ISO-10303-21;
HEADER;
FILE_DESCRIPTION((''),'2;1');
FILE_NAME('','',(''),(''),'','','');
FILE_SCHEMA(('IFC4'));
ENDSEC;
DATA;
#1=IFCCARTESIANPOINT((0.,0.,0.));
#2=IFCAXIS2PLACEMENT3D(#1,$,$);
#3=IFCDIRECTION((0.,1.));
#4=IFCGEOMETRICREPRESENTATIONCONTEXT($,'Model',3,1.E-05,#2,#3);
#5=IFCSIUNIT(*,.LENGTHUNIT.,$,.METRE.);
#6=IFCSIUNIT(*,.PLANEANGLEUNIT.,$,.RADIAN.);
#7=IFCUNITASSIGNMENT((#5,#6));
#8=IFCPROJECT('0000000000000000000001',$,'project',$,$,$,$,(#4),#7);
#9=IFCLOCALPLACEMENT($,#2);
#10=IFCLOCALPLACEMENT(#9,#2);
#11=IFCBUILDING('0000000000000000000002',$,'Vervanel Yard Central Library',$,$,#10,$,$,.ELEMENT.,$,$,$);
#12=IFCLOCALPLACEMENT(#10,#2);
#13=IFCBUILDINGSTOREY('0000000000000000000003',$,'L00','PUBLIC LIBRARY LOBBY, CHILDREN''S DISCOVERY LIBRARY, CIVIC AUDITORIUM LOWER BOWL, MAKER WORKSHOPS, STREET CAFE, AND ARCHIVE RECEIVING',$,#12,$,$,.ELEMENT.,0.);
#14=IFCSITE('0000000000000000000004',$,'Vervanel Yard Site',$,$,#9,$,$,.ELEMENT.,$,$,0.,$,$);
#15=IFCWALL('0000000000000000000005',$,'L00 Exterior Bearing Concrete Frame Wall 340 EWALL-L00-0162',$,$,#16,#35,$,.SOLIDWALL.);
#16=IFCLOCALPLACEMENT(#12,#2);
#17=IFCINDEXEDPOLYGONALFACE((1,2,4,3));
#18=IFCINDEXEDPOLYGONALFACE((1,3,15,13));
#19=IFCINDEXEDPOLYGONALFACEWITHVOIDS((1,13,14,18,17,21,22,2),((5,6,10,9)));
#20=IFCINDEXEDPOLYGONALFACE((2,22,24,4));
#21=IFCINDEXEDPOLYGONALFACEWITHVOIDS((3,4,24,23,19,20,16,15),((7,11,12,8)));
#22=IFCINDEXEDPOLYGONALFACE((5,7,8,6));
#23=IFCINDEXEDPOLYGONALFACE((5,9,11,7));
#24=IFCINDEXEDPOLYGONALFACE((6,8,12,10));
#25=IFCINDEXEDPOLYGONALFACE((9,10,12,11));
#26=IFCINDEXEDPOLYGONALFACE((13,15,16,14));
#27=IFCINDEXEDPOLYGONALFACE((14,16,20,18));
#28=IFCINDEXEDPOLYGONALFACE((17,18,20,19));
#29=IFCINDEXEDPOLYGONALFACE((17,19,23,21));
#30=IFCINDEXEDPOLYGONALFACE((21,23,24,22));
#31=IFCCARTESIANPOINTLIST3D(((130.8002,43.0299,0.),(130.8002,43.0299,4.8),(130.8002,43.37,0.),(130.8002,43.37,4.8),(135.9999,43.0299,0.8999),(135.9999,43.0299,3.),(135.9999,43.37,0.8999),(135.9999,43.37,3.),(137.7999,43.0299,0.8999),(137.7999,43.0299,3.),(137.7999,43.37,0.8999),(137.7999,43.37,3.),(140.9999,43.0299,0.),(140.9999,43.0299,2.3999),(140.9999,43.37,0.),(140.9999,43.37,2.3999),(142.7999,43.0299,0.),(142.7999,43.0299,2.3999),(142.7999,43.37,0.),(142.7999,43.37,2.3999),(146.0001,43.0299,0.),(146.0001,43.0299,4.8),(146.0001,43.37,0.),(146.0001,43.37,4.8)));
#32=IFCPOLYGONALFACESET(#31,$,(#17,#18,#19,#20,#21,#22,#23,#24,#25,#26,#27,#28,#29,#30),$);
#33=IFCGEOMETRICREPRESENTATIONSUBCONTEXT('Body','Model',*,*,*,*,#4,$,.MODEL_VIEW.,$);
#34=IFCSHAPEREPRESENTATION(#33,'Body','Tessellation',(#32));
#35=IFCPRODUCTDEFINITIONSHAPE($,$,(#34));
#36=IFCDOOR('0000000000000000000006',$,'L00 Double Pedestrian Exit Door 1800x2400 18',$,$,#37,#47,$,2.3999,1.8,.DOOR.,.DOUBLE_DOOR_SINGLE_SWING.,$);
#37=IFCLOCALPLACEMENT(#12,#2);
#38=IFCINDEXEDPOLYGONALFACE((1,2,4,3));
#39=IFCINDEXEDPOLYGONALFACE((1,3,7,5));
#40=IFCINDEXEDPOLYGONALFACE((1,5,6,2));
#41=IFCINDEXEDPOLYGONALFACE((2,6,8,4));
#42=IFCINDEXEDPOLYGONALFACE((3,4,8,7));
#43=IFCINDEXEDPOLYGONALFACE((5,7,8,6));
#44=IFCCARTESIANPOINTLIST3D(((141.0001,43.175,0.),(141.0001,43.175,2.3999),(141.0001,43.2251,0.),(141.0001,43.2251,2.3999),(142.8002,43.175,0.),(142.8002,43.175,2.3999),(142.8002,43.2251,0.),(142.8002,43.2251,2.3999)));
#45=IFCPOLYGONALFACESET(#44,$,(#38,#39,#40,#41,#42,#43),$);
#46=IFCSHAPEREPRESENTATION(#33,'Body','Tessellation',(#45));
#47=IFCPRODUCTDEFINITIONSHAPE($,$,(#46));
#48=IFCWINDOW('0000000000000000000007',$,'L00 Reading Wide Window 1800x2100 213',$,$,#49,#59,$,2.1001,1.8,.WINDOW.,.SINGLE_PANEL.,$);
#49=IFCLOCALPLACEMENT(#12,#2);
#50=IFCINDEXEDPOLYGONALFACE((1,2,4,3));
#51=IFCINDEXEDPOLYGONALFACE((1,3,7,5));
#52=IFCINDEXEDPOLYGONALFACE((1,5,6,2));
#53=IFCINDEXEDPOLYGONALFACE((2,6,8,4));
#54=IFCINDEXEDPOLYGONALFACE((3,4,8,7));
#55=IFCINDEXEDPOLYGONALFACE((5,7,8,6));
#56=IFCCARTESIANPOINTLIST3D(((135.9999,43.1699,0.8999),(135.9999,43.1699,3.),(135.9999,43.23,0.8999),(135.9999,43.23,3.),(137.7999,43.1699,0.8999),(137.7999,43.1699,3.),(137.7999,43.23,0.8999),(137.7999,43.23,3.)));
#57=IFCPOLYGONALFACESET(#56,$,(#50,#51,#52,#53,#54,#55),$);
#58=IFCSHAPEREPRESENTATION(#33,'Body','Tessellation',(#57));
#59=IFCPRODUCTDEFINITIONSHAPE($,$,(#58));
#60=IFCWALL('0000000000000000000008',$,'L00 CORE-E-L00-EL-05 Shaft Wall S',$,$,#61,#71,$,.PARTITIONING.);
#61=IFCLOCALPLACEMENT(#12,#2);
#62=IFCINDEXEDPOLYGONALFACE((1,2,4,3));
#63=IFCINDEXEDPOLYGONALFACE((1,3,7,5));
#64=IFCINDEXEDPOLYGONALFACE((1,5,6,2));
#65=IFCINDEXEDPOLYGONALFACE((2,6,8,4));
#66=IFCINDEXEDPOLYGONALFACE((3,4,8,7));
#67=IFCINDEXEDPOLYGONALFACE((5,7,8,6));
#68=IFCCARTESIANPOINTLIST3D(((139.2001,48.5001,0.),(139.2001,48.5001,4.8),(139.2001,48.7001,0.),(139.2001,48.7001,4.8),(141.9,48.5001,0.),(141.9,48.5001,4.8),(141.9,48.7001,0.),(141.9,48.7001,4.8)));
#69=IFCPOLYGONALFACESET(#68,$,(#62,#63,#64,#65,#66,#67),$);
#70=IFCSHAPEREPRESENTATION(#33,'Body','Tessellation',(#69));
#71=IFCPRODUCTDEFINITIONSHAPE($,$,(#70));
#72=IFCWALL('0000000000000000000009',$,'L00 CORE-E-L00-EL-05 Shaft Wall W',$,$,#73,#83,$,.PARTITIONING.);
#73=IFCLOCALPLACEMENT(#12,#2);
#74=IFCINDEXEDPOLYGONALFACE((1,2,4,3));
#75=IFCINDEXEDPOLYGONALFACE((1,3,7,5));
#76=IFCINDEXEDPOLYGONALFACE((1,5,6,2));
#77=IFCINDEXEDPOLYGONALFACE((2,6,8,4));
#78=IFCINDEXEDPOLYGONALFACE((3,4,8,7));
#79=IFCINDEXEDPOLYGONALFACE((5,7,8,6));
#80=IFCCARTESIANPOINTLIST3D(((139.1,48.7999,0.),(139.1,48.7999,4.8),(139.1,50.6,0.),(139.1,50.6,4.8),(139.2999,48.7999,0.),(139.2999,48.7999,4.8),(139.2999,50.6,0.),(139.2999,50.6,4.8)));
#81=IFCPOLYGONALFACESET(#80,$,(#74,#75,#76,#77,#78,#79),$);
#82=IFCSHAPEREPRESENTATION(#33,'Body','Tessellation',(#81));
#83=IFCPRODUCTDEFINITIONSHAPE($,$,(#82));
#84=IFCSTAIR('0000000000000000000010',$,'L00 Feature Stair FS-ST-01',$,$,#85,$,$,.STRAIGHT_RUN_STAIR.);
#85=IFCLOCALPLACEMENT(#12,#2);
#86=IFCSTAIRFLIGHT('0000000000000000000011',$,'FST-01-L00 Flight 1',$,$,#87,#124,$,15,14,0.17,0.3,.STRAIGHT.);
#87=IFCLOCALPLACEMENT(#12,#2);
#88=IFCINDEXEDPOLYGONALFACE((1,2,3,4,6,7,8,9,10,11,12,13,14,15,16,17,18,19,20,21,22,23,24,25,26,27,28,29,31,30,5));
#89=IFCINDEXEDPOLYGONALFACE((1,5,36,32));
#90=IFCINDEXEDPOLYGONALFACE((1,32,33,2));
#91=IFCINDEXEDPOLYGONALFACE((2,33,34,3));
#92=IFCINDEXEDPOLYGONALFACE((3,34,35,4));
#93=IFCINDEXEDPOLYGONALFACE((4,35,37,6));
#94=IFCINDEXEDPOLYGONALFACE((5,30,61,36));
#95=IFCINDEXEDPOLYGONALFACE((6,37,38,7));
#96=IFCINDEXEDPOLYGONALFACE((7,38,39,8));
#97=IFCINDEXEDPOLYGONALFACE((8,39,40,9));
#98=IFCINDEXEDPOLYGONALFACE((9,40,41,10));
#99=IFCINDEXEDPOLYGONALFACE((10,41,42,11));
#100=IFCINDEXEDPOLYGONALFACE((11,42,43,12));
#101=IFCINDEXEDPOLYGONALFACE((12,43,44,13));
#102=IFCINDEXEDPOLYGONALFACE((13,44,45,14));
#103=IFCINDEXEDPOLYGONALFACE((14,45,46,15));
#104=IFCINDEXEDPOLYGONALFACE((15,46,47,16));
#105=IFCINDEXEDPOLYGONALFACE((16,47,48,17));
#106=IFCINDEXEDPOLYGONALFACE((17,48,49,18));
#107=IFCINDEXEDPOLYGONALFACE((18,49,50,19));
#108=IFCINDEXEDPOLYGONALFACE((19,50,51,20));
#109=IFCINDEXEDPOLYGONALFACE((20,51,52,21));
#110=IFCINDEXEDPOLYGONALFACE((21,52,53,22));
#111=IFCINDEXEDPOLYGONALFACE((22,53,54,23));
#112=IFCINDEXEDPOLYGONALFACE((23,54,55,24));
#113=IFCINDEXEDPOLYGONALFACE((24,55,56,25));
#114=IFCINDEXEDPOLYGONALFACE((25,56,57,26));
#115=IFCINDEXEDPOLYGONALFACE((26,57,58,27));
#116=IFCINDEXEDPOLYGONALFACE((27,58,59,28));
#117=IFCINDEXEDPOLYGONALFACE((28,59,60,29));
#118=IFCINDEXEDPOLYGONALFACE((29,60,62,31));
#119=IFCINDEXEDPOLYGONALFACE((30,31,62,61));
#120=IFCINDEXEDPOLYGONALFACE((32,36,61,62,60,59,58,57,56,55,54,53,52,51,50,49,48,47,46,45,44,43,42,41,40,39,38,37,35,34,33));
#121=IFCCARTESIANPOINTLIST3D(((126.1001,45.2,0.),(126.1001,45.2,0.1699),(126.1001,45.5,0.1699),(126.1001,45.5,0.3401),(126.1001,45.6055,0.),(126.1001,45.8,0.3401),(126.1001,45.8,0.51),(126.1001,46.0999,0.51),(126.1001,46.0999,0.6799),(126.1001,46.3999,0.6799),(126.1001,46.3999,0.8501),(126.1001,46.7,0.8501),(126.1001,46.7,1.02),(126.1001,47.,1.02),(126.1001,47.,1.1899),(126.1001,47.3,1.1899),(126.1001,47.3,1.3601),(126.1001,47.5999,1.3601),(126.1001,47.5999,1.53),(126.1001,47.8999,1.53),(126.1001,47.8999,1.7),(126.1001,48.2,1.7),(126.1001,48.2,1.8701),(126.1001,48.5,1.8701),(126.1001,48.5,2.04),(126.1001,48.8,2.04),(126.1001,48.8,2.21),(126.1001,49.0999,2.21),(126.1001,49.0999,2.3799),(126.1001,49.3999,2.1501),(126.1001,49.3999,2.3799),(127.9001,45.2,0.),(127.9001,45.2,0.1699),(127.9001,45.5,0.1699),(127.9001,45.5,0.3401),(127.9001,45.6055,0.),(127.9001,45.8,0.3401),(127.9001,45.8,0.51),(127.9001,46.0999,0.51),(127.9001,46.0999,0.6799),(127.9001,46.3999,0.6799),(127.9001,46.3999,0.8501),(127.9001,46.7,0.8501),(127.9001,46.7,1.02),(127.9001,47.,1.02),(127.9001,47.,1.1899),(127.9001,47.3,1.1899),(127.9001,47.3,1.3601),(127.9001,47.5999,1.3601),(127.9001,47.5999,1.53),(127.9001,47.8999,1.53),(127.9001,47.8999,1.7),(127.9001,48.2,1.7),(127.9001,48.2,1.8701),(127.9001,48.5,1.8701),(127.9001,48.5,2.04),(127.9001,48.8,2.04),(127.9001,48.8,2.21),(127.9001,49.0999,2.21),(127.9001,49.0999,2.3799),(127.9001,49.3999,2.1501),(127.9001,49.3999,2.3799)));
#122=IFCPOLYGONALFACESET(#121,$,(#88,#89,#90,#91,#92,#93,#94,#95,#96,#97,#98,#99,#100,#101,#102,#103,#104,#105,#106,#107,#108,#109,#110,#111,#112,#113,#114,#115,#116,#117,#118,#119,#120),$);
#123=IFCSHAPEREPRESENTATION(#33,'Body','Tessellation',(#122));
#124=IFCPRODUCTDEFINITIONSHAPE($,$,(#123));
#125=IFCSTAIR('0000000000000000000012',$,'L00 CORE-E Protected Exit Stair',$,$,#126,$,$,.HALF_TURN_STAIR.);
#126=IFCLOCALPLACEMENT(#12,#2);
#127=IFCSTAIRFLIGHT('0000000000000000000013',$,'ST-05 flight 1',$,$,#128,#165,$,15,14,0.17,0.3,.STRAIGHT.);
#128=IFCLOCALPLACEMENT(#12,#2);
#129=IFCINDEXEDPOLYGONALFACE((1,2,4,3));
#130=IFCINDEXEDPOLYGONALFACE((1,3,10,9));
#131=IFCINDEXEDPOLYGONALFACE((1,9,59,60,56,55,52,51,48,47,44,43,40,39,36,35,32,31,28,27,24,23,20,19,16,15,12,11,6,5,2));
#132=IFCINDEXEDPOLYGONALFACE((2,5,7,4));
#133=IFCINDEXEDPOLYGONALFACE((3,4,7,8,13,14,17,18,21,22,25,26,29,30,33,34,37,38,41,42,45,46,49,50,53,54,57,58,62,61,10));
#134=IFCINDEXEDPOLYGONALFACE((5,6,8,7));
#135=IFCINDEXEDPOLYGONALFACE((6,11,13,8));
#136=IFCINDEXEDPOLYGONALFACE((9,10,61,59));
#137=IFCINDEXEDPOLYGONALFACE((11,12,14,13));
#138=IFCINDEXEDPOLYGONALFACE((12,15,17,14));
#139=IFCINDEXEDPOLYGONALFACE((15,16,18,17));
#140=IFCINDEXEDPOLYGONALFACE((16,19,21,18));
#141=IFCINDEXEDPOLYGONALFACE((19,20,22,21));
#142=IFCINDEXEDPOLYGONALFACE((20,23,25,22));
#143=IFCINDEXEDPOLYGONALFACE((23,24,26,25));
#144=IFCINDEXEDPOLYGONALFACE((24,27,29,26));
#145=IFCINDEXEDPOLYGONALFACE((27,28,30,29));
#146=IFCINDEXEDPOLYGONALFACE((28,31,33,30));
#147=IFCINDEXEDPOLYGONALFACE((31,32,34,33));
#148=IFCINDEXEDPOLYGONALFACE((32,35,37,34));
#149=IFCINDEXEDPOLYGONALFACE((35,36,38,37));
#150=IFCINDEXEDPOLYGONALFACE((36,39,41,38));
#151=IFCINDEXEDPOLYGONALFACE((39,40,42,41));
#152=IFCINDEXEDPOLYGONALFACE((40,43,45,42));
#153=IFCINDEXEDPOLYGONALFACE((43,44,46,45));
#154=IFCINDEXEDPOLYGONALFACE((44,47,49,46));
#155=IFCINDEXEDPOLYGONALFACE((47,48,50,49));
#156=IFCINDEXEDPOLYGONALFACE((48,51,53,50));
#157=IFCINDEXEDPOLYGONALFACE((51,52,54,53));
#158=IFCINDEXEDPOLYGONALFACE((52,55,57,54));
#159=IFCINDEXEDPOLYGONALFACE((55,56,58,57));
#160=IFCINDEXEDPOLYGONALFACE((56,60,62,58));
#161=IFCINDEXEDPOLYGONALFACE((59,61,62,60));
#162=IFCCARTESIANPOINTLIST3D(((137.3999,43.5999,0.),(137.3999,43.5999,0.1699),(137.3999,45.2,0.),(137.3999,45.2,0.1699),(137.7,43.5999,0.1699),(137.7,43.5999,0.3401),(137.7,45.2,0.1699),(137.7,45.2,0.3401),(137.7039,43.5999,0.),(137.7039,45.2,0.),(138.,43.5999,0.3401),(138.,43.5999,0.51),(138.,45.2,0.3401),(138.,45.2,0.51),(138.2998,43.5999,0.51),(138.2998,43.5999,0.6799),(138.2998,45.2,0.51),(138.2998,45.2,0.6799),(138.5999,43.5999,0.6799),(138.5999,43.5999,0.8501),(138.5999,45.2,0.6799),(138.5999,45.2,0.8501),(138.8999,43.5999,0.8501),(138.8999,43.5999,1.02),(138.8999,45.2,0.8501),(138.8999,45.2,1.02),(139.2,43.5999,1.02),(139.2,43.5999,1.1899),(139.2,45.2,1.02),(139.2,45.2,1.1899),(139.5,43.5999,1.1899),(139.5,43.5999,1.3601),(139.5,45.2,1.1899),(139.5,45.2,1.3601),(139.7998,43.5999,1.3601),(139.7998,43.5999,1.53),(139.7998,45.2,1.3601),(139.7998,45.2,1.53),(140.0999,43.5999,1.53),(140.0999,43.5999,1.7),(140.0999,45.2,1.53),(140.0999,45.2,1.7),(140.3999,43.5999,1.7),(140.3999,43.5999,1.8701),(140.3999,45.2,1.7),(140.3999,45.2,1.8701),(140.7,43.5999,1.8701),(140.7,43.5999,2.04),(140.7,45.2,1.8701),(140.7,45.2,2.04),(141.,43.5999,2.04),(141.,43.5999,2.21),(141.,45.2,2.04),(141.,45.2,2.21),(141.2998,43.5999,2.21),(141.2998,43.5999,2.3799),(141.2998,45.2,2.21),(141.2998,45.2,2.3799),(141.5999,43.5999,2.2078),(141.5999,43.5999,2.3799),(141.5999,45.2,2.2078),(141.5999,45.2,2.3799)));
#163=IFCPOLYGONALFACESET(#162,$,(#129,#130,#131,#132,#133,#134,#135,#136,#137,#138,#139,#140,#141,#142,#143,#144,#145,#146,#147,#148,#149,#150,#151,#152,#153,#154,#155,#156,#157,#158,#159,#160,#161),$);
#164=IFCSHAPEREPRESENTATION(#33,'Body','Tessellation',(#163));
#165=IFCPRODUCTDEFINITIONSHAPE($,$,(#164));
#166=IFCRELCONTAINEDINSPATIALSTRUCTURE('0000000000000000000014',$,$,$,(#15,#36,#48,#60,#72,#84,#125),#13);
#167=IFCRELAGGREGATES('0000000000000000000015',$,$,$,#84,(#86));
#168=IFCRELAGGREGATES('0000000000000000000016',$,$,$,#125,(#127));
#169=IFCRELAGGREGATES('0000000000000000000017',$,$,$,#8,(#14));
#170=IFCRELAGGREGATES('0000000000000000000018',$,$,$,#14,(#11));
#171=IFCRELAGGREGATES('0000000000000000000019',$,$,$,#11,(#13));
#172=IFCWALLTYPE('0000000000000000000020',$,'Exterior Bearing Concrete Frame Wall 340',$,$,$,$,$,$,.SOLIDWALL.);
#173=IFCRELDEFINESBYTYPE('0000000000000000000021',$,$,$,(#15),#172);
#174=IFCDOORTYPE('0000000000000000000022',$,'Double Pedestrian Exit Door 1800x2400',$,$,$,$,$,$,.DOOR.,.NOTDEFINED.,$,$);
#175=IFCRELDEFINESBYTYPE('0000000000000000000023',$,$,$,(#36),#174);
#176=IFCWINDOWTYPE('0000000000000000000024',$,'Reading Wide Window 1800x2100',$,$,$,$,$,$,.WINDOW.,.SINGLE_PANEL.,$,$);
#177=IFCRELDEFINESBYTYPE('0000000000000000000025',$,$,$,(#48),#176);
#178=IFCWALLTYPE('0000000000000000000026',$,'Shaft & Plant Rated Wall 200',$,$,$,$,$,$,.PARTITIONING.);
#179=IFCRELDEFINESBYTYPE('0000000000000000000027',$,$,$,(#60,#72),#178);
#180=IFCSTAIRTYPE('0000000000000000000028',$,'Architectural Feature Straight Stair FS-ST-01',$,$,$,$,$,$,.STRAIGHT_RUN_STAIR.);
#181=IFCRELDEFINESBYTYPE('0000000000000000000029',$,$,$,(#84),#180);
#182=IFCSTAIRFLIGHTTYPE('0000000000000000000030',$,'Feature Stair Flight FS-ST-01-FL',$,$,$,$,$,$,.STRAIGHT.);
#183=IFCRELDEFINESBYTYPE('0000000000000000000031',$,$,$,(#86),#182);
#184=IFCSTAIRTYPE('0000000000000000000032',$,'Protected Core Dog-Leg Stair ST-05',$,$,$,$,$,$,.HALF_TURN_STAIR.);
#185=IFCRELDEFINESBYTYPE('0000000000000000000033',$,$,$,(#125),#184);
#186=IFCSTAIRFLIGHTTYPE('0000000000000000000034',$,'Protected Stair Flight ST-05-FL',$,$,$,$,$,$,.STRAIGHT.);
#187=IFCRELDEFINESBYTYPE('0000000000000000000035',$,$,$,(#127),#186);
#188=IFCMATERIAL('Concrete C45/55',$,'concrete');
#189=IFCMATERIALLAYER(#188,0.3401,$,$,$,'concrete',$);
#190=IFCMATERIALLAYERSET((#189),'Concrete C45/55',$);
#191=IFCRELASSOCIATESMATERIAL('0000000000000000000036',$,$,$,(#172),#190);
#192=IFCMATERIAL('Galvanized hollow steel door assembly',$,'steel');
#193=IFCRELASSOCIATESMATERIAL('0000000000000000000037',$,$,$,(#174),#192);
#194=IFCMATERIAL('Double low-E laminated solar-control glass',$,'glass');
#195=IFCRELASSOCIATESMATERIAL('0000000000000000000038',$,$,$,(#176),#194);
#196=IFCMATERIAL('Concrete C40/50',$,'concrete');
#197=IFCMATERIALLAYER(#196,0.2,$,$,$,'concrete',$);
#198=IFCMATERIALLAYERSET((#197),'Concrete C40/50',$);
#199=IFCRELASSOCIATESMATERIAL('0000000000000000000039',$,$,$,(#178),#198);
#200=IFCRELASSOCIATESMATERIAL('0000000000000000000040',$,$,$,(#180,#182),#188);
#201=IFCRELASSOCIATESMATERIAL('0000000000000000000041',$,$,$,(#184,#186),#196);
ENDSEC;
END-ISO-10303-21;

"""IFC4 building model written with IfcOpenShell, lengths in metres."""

from ifc_helpers import new_model, si_unit, direction, frame, frame_2d, origin, place, context, subcontext, project, spatial, polyline, rectangle, outline, extrude, material, layer, layer_set, type_object, element, fill, aggregate, save


model = new_model("IFC4")

# Units and contexts
model_context = context("Model", 3, precision=1e-05, world=origin(), true_north=direction((0.0, 1.0)))
body_context = subcontext(model_context, "Body", "Model", "MODEL_VIEW")
ifc_project = project(units=[si_unit("LENGTHUNIT", "METRE"), si_unit("PLANEANGLEUNIT", "RADIAN")], contexts=[model_context])

# Site, building, storey
site_placement = place(None, origin())
site = spatial("IfcSite", under=ifc_project, at=site_placement, Name="Vervanel Yard Site", CompositionType="ELEMENT", RefElevation=0.0)
building_placement = place(site_placement, origin())
building = spatial("IfcBuilding", under=site, at=building_placement, Name="Vervanel Yard Central Library", CompositionType="ELEMENT")
storey_placement = place(building_placement, origin())
storey = spatial("IfcBuildingStorey", under=building, at=storey_placement, Name="L00", Description="PUBLIC LIBRARY LOBBY, CHILDREN'S DISCOVERY LIBRARY, CIVIC AUDITORIUM LOWER BOWL, MAKER WORKSHOPS, STREET CAFE, AND ARCHIVE RECEIVING", CompositionType="ELEMENT", Elevation=0.0)

# Shared definitions
ifc_material_1 = material(Name="Concrete C40/50", Category="concrete")

# Shared definitions
ifc_material_2 = material(Name="Concrete C45/55", Category="concrete")

# Shared definitions
ifc_material_3 = material(Name="Double low-E laminated solar-control glass", Category="glass")

# Wall, openings, door, window
ifc_layer_1 = layer(ifc_material_2, 0.3401, Category="concrete")
ifc_layer_set_1 = layer_set([ifc_layer_1], Name="Concrete C45/55")
wall_type_1 = type_object("IfcWallType", Name="Exterior Bearing Concrete Frame Wall 340", PredefinedType="SOLIDWALL", material=ifc_layer_set_1)
wall_1_placement = place(storey_placement, frame((130.8, 43.2, 0.0), z_axis=(0.0, 0.0, 1.0), x_axis=(1.0, 0.0, 0.0)))
wall_1 = element("IfcWall", 1, at=wall_1_placement, inside=storey, type_object=wall_type_1, Name="L00 Exterior Bearing Concrete Frame Wall 340 EWALL-L00-0162", PredefinedType="SOLIDWALL", context=body_context, shape_type="SweptSolid", body=[
    extrude(rectangle(XDim=15.2, YDim=0.3401, at=frame_2d((7.6001, 0.0))), origin(), (0.0, 0.0, 1.0), 4.8),
])
opening_1_placement = place(wall_1_placement, frame((10.2, 0.0, 0.0)))
opening_1 = element("IfcOpeningElement", 2, at=opening_1_placement, cuts=wall_1, PredefinedType="OPENING", context=body_context, shape_type="SweptSolid", body=[
    extrude(rectangle(XDim=1.8, YDim=2.3999, at=frame_2d((0.8999, 1.2))), frame((0.0, 0.1799, 0.0), z_axis=(0.0, -1.0, 0.0), x_axis=(1.0, 0.0, 0.0)), (0.0, 0.0, 1.0), 0.3601),
])
opening_2_placement = place(wall_1_placement, frame((5.2, 0.0, 0.8999)))
opening_2 = element("IfcOpeningElement", 3, at=opening_2_placement, cuts=wall_1, PredefinedType="OPENING", context=body_context, shape_type="SweptSolid", body=[
    extrude(rectangle(XDim=1.8, YDim=2.1001, at=frame_2d((0.8999, 1.05))), frame((0.0, 0.1799, 0.0), z_axis=(0.0, -1.0, 0.0), x_axis=(1.0, 0.0, 0.0)), (0.0, 0.0, 1.0), 0.3601),
])
ifc_material_4 = material(Name="Galvanized hollow steel door assembly", Category="steel")
door_type_1 = type_object("IfcDoorType", Name="Double Pedestrian Exit Door 1800x2400", OperationType="NOTDEFINED", PredefinedType="DOOR", material=ifc_material_4)
door_1_placement = place(opening_1_placement, frame((1.8, 0.0, 0.0), z_axis=(0.0, 0.0, 1.0), x_axis=(-1.0, 0.0, 0.0)))
door_1 = element("IfcDoor", 4, at=door_1_placement, inside=storey, type_object=door_type_1, Name="L00 Double Pedestrian Exit Door 1800x2400 18", OperationType="DOUBLE_DOOR_SINGLE_SWING", OverallHeight=2.3999, OverallWidth=1.8, PredefinedType="DOOR", context=body_context, shape_type="SweptSolid", body=[
    extrude(rectangle(XDim=1.8, YDim=2.3999, at=frame_2d((0.8999, 1.2))), frame((0.0, 0.0249, 0.0), z_axis=(0.0, -1.0, 0.0), x_axis=(1.0, 0.0, 0.0)), (0.0, 0.0, 1.0), 0.05),
])
fill(opening_1, door_1)
window_type = type_object("IfcWindowType", Name="Reading Wide Window 1800x2100", PartitioningType="SINGLE_PANEL", PredefinedType="WINDOW", material=ifc_material_3)
window_placement = place(opening_2_placement, origin())
window = element("IfcWindow", 5, at=window_placement, inside=storey, type_object=window_type, Name="L00 Reading Wide Window 1800x2100 213", OverallHeight=2.1001, OverallWidth=1.8, PartitioningType="SINGLE_PANEL", PredefinedType="WINDOW", context=body_context, shape_type="SweptSolid", body=[
    extrude(rectangle(XDim=1.8, YDim=2.1001, at=frame_2d((0.8999, 1.05))), frame((0.0, 0.03, 0.0), z_axis=(0.0, -1.0, 0.0), x_axis=(1.0, 0.0, 0.0)), (0.0, 0.0, 1.0), 0.0601),
])
fill(opening_2, window)

# Walls
ifc_layer_2 = layer(ifc_material_1, 0.2, Category="concrete")
ifc_layer_set_2 = layer_set([ifc_layer_2], Name="Concrete C40/50")
wall_type_2 = type_object("IfcWallType", Name="Shaft & Plant Rated Wall 200", PredefinedType="PARTITIONING", material=ifc_layer_set_2)
wall_2_placement = place(storey_placement, frame((139.2, 48.6001, 0.0), z_axis=(0.0, 0.0, 1.0), x_axis=(1.0, 0.0, 0.0)))
element("IfcWall", 6, at=wall_2_placement, inside=storey, type_object=wall_type_2, Name="L00 CORE-E-L00-EL-05 Shaft Wall S", PredefinedType="PARTITIONING", context=body_context, shape_type="SweptSolid", body=[
    extrude(rectangle(XDim=2.7, YDim=0.2, at=frame_2d((1.3501, 0.0))), origin(), (0.0, 0.0, 1.0), 4.8),
])
wall_3_placement = place(storey_placement, frame((139.2, 48.8, 0.0), z_axis=(0.0, 0.0, 1.0), x_axis=(0.0, 1.0, 0.0)))
element("IfcWall", 7, at=wall_3_placement, inside=storey, type_object=wall_type_2, Name="L00 CORE-E-L00-EL-05 Shaft Wall W", PredefinedType="PARTITIONING", context=body_context, shape_type="SweptSolid", body=[
    extrude(rectangle(XDim=1.8, YDim=0.2, at=frame_2d((0.8999, 0.0))), origin(), (0.0, 0.0, 1.0), 4.8),
])

# Stair, stair flight
stair_type_1 = type_object("IfcStairType", Name="Architectural Feature Straight Stair FS-ST-01", PredefinedType="STRAIGHT_RUN_STAIR", material=ifc_material_2)
stair_1_placement = place(storey_placement, origin())
stair_1 = element("IfcStair", 8, at=stair_1_placement, inside=storey, type_object=stair_type_1, Name="L00 Feature Stair FS-ST-01", PredefinedType="STRAIGHT_RUN_STAIR")
stair_flight_type_1 = type_object("IfcStairFlightType", Name="Feature Stair Flight FS-ST-01-FL", PredefinedType="STRAIGHT", material=ifc_material_2)
stair_flight_1_placement = place(storey_placement, frame((127.0, 45.2, 0.0), z_axis=(0.0, 0.0, 1.0), x_axis=(0.0, 1.0, 0.0)))
stair_flight_1 = element("IfcStairFlight", 9, at=stair_flight_1_placement, type_object=stair_flight_type_1, Name="FST-01-L00 Flight 1", NumberOfRisers=15, NumberOfTreads=14, PredefinedType="STRAIGHT", RiserHeight=0.17, TreadLength=0.3, context=body_context, shape_type="SweptSolid", body=[
    extrude(outline(polyline([(0.0, 0.0), (0.0, 0.1699), (0.3, 0.1699), (0.3, 0.3401), (0.6001, 0.3401), (0.6001, 0.51), (0.8999, 0.51), (0.8999, 0.6799), (1.2, 0.6799), (1.2, 0.8501), (1.5, 0.8501), (1.5, 1.02), (1.8, 1.02), (1.8, 1.1899), (2.1001, 1.1899), (2.1001, 1.3601), (2.3999, 1.3601), (2.3999, 1.53), (2.7, 1.53), (2.7, 1.7), (3.0, 1.7), (3.0, 1.8701), (3.3, 1.8701), (3.3, 2.04), (3.6001, 2.04), (3.6001, 2.21), (3.8999, 2.21), (3.8999, 2.3799), (4.2, 2.3799), (4.2, 2.55), (4.2, 2.1501), (0.4055, 0.0), (0.0, 0.0)])), frame((0.0, 0.8999, 0.0), z_axis=(0.0, -1.0, 0.0), x_axis=(1.0, 0.0, 0.0)), (0.0, 0.0, 1.0), 1.8),
])
aggregate(stair_1, [stair_flight_1])

# Stair, stair flight
stair_type_2 = type_object("IfcStairType", Name="Protected Core Dog-Leg Stair ST-05", PredefinedType="HALF_TURN_STAIR", material=ifc_material_1)
stair_2_placement = place(storey_placement, origin())
stair_2 = element("IfcStair", 10, at=stair_2_placement, inside=storey, type_object=stair_type_2, Name="L00 CORE-E Protected Exit Stair", PredefinedType="HALF_TURN_STAIR")
stair_flight_type_2 = type_object("IfcStairFlightType", Name="Protected Stair Flight ST-05-FL", PredefinedType="STRAIGHT", material=ifc_material_1)
stair_flight_2_placement = place(storey_placement, frame((137.3999, 44.3999, 0.0), z_axis=(0.0, 0.0, 1.0), x_axis=(1.0, 0.0, 0.0)))
stair_flight_2 = element("IfcStairFlight", 11, at=stair_flight_2_placement, type_object=stair_flight_type_2, Name="ST-05 flight 1", NumberOfRisers=15, NumberOfTreads=14, PredefinedType="STRAIGHT", RiserHeight=0.17, TreadLength=0.3, context=body_context, shape_type="SweptSolid", body=[
    extrude(outline(polyline([(0.0, 0.0), (0.0, 0.1699), (0.3, 0.1699), (0.3, 0.3401), (0.6001, 0.3401), (0.6001, 0.51), (0.8999, 0.51), (0.8999, 0.6799), (1.2, 0.6799), (1.2, 0.8501), (1.5, 0.8501), (1.5, 1.02), (1.8, 1.02), (1.8, 1.1899), (2.1001, 1.1899), (2.1001, 1.3601), (2.3999, 1.3601), (2.3999, 1.53), (2.7, 1.53), (2.7, 1.7), (3.0, 1.7), (3.0, 1.8701), (3.3, 1.8701), (3.3, 2.04), (3.6001, 2.04), (3.6001, 2.21), (3.8999, 2.21), (3.8999, 2.3799), (4.2, 2.3799), (4.2, 2.55), (4.2, 2.2078), (0.304, 0.0), (0.0, 0.0)])), frame((0.0, 0.8, 0.0), z_axis=(0.0, -1.0, 0.0), x_axis=(1.0, 0.0, 0.0)), (0.0, 0.0, 1.0), 1.6001),
])
aggregate(stair_2, [stair_flight_2])

save(model, "model.ifc")
